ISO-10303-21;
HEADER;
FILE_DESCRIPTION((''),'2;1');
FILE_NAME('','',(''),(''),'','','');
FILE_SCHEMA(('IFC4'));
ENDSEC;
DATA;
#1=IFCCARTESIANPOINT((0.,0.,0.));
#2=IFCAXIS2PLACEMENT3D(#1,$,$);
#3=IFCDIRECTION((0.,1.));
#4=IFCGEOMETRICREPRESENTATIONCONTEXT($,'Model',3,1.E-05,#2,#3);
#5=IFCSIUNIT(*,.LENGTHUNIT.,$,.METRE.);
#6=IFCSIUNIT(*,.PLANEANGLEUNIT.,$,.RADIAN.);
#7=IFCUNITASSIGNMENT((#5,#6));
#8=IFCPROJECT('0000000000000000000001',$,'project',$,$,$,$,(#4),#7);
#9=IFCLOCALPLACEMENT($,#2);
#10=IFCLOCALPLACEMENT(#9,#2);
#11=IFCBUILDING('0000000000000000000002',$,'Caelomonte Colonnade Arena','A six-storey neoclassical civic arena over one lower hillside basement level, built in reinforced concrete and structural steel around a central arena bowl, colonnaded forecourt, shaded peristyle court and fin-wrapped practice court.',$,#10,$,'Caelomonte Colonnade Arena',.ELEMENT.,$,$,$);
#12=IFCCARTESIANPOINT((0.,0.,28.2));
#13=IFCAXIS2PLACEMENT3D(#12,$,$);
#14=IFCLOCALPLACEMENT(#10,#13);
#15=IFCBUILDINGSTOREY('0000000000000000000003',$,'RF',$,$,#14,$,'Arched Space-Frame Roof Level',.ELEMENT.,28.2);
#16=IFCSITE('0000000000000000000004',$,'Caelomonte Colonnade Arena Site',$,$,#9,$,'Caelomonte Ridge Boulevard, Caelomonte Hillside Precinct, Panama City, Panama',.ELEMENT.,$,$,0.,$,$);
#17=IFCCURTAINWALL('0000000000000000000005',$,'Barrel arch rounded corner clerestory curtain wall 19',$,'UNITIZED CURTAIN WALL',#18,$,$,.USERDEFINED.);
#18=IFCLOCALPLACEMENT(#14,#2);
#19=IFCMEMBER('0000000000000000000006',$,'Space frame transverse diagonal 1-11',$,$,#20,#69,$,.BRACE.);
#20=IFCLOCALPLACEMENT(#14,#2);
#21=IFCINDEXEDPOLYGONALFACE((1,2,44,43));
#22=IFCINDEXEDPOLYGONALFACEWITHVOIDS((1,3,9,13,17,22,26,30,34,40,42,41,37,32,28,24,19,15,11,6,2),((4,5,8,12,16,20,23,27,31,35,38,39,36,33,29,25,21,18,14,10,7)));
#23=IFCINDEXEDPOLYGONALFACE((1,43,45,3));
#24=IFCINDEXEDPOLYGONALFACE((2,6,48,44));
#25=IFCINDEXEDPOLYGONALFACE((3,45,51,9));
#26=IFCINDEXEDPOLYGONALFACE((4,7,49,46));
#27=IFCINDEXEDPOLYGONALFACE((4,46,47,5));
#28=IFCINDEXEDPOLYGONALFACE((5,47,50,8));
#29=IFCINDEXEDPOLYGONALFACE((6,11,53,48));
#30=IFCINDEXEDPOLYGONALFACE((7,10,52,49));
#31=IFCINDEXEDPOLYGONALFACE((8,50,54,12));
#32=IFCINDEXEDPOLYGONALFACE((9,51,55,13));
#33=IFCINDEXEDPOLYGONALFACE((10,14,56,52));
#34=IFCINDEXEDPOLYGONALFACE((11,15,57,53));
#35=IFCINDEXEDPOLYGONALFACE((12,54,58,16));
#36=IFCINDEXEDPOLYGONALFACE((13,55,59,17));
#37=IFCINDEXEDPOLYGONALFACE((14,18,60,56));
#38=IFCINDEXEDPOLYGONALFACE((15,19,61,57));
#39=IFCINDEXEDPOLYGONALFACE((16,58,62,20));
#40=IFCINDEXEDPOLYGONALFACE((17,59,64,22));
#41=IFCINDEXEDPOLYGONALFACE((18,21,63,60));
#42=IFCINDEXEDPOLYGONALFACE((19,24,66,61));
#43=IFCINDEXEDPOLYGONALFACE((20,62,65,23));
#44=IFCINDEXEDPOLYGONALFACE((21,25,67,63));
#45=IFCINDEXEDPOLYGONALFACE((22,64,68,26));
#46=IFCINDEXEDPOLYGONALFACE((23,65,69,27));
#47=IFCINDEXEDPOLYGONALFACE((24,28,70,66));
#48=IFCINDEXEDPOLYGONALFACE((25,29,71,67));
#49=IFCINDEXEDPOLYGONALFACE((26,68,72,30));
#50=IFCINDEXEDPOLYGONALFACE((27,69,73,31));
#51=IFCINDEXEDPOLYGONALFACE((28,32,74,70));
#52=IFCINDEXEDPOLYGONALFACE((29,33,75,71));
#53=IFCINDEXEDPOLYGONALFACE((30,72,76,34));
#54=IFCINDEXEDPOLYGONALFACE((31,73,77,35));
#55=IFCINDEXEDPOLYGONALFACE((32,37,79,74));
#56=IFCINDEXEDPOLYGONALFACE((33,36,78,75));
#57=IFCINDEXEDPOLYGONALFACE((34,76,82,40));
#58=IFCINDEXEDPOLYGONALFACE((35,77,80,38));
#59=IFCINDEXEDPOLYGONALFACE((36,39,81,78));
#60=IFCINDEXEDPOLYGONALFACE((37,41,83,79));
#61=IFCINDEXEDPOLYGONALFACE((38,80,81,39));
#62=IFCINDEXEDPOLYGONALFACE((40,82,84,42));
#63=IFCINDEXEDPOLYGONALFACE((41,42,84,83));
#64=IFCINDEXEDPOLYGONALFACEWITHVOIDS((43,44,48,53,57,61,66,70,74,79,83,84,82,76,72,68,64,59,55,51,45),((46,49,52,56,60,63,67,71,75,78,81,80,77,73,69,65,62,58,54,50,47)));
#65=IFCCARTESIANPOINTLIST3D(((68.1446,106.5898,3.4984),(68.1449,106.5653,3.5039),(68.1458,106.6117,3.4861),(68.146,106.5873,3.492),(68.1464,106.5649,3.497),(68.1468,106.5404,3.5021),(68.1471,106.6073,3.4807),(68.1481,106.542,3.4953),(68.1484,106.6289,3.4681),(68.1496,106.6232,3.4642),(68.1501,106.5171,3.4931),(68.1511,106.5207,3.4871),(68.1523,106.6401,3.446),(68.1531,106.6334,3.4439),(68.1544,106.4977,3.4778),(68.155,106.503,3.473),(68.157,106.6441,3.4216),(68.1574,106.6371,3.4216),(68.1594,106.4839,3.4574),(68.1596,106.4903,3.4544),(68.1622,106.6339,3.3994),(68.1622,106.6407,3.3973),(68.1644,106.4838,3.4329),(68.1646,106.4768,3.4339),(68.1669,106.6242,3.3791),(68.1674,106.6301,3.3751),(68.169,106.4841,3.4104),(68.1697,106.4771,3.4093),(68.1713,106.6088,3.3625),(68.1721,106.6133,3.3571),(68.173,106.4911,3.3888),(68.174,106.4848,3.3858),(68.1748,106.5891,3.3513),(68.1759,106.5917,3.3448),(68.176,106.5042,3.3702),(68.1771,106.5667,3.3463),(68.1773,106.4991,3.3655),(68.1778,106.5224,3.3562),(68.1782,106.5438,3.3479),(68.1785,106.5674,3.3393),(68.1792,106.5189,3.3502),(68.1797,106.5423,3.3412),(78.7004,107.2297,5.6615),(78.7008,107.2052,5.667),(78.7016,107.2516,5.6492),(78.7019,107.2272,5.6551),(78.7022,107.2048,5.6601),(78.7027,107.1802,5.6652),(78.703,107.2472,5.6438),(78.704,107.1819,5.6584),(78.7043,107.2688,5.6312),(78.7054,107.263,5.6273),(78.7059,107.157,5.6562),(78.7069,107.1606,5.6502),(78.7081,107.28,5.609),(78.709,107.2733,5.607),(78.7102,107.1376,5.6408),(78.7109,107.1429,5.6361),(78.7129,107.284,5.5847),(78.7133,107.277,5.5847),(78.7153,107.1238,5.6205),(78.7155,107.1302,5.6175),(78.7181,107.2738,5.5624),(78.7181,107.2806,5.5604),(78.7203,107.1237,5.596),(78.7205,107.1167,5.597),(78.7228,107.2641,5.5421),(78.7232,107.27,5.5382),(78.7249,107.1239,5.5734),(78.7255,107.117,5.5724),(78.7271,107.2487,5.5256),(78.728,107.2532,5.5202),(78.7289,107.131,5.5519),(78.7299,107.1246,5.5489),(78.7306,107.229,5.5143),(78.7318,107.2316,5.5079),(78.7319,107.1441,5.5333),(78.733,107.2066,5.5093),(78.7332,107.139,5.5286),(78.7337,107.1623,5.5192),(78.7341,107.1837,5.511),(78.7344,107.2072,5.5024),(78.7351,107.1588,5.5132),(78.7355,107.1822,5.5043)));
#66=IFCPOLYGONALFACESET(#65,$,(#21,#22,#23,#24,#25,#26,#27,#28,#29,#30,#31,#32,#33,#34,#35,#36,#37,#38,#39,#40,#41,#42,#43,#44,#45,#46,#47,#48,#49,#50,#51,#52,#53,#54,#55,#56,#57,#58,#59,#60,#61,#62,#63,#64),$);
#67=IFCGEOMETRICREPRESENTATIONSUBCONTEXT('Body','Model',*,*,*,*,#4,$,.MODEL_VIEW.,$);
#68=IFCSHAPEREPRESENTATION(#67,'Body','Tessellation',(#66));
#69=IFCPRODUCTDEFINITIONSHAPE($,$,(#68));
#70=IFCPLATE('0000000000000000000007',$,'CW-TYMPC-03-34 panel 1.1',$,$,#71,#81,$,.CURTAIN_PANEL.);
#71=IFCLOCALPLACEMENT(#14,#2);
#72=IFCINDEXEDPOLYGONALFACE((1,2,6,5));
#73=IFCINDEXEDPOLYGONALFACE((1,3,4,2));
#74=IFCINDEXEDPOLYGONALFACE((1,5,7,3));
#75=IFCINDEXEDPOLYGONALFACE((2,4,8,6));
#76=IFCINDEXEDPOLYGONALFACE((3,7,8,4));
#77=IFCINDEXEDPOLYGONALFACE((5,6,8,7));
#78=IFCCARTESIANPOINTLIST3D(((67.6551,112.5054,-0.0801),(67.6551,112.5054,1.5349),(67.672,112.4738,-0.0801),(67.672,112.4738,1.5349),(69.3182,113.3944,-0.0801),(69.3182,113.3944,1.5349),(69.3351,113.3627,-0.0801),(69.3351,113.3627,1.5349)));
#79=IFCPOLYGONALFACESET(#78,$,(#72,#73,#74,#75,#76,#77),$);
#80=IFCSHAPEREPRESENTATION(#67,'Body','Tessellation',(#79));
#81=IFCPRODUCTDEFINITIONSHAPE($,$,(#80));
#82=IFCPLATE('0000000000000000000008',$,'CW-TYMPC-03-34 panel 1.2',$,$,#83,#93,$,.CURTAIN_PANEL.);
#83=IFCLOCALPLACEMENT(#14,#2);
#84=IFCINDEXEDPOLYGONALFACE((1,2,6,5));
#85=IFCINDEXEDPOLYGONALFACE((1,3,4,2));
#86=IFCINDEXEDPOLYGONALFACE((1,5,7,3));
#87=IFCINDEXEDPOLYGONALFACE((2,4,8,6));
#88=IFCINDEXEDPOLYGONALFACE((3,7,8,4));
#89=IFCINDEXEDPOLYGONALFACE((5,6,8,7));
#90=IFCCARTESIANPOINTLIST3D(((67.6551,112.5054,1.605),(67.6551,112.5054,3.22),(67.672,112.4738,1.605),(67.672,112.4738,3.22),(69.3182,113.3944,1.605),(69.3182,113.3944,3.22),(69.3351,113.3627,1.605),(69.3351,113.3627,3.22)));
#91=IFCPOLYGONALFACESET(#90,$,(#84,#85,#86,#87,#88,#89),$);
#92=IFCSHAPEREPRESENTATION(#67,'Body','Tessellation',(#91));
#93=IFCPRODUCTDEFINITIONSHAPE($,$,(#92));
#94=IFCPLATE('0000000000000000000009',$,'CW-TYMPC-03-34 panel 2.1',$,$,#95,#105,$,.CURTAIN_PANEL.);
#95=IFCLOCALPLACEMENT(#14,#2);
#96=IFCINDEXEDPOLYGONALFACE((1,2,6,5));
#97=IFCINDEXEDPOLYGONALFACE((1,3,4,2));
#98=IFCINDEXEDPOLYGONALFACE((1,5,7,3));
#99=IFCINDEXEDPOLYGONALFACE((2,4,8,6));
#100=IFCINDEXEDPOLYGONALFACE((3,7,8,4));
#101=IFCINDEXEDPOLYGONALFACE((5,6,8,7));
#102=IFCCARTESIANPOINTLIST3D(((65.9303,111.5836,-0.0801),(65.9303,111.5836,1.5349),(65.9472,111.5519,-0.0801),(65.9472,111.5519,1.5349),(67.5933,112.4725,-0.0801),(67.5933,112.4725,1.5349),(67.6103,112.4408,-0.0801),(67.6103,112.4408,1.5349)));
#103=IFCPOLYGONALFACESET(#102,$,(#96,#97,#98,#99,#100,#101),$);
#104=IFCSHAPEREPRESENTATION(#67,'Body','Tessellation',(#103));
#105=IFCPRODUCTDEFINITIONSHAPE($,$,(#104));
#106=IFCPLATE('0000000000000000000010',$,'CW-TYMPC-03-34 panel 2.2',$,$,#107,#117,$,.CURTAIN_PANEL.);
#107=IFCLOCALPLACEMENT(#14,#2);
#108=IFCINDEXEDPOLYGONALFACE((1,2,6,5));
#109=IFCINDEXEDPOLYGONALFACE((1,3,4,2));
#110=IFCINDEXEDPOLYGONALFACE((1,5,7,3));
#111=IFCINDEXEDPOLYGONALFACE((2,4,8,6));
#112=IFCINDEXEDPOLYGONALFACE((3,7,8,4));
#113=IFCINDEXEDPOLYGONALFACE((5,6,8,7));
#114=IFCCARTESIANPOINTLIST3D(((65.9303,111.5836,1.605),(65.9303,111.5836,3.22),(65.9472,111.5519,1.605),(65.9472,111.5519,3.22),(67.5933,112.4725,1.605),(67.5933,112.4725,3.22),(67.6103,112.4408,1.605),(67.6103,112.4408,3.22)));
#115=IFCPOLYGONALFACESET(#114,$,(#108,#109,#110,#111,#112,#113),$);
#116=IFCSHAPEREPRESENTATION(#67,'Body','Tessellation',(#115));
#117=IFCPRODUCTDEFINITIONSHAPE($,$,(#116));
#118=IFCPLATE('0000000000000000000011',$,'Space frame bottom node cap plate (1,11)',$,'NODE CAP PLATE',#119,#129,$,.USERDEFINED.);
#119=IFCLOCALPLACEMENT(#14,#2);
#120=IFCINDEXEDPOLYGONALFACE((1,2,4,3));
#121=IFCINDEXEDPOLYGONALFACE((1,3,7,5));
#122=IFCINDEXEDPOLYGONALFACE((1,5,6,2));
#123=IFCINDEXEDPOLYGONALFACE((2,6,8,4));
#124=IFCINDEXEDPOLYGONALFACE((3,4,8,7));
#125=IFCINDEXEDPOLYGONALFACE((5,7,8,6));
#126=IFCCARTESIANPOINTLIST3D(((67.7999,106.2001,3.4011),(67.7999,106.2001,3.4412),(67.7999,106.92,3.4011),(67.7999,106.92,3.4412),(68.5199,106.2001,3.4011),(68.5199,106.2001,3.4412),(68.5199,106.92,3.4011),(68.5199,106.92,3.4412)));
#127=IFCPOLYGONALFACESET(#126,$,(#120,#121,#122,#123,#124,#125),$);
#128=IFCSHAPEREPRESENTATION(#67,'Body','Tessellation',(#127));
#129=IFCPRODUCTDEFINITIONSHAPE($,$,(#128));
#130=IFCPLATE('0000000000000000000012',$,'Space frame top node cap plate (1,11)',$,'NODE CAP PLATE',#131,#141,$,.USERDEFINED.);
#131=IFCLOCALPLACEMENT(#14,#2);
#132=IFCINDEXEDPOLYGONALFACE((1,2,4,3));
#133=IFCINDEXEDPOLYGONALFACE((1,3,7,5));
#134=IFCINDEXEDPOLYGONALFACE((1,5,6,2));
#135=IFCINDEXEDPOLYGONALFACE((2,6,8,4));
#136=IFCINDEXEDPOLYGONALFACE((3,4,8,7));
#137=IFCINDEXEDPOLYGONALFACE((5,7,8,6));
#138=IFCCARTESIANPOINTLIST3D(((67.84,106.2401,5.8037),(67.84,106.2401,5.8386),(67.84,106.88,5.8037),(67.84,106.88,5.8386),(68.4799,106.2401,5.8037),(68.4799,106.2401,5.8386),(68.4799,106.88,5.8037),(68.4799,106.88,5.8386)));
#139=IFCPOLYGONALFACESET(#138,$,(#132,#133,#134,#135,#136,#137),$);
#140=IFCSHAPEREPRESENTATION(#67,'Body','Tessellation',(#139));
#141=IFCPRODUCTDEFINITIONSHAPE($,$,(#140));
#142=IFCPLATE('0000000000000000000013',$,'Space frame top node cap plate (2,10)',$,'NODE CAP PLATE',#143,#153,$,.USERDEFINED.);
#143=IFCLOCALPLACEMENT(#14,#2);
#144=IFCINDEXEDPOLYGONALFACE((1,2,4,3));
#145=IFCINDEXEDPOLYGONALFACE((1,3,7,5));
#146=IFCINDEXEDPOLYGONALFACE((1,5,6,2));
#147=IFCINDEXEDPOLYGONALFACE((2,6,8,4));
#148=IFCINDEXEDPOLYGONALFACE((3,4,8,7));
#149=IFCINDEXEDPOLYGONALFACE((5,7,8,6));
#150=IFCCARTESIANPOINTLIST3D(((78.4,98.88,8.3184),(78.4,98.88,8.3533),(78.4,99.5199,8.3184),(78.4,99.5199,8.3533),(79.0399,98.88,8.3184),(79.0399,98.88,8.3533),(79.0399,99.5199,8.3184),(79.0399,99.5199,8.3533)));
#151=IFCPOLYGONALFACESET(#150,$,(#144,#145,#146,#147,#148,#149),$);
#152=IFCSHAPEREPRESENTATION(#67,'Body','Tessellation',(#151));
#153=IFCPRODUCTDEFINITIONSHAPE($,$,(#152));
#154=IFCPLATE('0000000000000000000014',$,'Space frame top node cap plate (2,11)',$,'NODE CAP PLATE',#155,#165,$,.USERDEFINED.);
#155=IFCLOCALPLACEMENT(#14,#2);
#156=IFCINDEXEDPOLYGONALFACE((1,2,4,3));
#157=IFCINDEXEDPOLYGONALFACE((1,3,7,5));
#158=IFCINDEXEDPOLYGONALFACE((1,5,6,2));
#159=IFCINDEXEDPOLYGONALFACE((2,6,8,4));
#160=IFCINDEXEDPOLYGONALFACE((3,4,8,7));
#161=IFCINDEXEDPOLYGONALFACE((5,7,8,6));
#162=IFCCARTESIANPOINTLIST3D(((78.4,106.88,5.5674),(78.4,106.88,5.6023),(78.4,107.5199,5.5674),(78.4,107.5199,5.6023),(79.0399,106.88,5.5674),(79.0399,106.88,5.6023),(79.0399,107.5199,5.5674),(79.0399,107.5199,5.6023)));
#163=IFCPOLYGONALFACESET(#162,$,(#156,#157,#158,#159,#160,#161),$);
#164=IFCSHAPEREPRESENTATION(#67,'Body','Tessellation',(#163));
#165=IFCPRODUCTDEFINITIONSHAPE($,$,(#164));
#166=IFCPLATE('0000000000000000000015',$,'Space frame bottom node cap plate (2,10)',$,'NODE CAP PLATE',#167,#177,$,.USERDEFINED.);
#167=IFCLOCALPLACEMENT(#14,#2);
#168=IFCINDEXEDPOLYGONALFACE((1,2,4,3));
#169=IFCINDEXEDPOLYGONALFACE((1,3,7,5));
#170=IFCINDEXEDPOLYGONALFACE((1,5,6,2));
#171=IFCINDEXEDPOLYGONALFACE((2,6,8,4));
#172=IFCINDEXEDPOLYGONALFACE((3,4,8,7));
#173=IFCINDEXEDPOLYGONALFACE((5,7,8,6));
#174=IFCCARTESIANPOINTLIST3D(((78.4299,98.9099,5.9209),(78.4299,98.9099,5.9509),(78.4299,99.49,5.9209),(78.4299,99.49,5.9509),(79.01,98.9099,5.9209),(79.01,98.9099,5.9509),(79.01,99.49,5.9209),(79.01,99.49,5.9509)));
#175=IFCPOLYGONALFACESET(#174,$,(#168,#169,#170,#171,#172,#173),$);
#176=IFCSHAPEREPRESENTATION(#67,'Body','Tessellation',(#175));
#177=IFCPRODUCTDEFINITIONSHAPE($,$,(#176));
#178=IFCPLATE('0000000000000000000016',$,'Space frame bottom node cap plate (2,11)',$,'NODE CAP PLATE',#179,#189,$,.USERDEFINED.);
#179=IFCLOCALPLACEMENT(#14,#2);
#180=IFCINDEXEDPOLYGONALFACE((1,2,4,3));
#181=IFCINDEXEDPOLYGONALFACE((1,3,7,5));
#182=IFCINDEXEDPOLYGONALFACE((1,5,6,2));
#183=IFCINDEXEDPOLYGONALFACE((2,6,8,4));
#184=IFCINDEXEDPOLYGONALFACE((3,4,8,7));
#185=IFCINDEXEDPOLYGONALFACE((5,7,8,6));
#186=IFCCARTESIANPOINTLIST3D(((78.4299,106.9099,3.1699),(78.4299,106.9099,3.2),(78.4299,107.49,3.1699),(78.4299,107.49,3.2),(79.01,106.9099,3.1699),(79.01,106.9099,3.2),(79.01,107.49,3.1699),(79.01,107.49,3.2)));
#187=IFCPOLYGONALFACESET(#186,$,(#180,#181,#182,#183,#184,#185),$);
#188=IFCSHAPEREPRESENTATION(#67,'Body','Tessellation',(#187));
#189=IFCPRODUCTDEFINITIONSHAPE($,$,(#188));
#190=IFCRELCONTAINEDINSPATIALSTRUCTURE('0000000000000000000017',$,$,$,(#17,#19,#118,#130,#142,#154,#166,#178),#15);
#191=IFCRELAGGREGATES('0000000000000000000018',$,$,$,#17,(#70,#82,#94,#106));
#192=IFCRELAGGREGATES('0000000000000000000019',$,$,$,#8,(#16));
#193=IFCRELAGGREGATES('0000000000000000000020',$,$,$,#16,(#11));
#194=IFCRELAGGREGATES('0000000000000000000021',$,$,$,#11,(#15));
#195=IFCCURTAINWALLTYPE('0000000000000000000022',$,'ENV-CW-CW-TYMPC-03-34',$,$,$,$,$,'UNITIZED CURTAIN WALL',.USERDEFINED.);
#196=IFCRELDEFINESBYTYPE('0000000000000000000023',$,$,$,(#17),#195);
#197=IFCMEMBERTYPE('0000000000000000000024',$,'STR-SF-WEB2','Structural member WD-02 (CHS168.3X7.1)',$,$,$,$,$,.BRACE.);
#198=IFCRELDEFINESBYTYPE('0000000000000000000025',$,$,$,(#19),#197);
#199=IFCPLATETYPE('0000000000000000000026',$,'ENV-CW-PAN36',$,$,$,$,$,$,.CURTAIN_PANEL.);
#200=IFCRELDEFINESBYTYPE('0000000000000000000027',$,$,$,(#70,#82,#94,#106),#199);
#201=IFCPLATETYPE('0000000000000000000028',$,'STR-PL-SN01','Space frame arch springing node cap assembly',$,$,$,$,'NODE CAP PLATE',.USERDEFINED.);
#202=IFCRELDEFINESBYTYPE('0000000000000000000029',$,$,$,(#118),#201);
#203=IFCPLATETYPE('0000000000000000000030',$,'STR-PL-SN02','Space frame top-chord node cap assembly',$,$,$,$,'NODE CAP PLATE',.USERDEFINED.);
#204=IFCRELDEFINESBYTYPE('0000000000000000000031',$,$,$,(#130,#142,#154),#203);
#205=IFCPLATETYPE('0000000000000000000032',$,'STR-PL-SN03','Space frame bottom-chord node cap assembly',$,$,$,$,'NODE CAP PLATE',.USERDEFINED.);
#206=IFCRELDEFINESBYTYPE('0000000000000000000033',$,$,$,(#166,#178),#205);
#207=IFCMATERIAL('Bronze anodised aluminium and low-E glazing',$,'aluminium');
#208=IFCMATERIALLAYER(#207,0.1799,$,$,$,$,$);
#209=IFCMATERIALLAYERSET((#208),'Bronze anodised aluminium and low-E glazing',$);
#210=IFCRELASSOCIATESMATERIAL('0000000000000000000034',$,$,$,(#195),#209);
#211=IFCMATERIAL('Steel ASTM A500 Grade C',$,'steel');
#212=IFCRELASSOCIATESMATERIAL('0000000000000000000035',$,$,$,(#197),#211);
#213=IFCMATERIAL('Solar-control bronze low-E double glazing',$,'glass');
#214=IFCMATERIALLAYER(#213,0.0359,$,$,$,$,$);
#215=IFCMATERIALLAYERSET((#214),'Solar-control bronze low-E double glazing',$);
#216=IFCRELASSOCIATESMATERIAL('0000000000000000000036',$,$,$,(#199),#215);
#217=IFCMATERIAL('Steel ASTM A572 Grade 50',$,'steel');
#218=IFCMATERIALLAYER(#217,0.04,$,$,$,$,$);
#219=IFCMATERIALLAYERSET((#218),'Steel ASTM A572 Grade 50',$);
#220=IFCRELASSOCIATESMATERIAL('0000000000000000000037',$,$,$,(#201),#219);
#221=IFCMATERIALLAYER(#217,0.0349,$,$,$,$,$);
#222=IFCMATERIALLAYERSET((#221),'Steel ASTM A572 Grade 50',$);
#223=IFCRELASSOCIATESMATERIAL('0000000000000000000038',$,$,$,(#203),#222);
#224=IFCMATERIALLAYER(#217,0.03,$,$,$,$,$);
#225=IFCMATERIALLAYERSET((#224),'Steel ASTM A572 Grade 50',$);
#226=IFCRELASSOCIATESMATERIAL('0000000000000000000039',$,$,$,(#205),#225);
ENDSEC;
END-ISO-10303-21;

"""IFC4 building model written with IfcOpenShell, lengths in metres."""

from ifc_helpers import new_model, si_unit, direction, frame, origin, origin_2d, place, context, subcontext, project, spatial, rectangle, hollow_circle, extrude, material, layer, layer_set, material_profile, profile_set, type_object, element, aggregate, save


model = new_model("IFC4")

# Units and contexts
model_context = context("Model", 3, precision=1e-05, world=origin(), true_north=direction((0.0, 1.0)))
body_context = subcontext(model_context, "Body", "Model", "MODEL_VIEW")
ifc_project = project(units=[si_unit("LENGTHUNIT", "METRE"), si_unit("PLANEANGLEUNIT", "RADIAN")], contexts=[model_context])

# Site, building, storey
site_placement = place(None, origin())
site = spatial("IfcSite", under=ifc_project, at=site_placement, Name="Caelomonte Colonnade Arena Site", LongName="Caelomonte Ridge Boulevard, Caelomonte Hillside Precinct, Panama City, Panama", CompositionType="ELEMENT", RefElevation=0.0)
building_placement = place(site_placement, origin())
building = spatial("IfcBuilding", under=site, at=building_placement, Name="Caelomonte Colonnade Arena", Description="A six-storey neoclassical civic arena over one lower hillside basement level, built in reinforced concrete and structural steel around a central arena bowl, colonnaded forecourt, shaded peristyle court and fin-wrapped practice court.", LongName="Caelomonte Colonnade Arena", CompositionType="ELEMENT")
storey_placement = place(building_placement, frame((0.0, 0.0, 28.2)))
storey = spatial("IfcBuildingStorey", under=building, at=storey_placement, Name="RF", LongName="Arched Space-Frame Roof Level", CompositionType="ELEMENT", Elevation=28.2)

# Curtain wall
ifc_material_1 = material(Name="Bronze anodised aluminium and low-E glazing", Category="aluminium")
ifc_layer_1 = layer(ifc_material_1, 0.1799)
ifc_layer_set_1 = layer_set([ifc_layer_1], Name="Bronze anodised aluminium and low-E glazing")
curtain_wall_type = type_object("IfcCurtainWallType", Name="ENV-CW-CW-TYMPC-03-34", ElementType="UNITIZED CURTAIN WALL", PredefinedType="USERDEFINED", material=ifc_layer_set_1)
curtain_wall_placement = place(storey_placement, origin())
curtain_wall = element("IfcCurtainWall", 1, at=curtain_wall_placement, inside=storey, type_object=curtain_wall_type, Name="Barrel arch rounded corner clerestory curtain wall 19", ObjectType="UNITIZED CURTAIN WALL", PredefinedType="USERDEFINED")

# Member
ifc_material_2 = material(Name="Steel ASTM A500 Grade C", Category="steel")
ifc_material_profile_1 = material_profile(ifc_material_2, hollow_circle(Radius=0.0842, WallThickness=0.0071, at=origin_2d()), Name="CHS168.3X7.1")
ifc_profile_set_1 = profile_set([ifc_material_profile_1], Name="Steel ASTM A500 Grade C")
member_type_1 = type_object("IfcMemberType", Name="STR-SF-WEB2", Description="Structural member WD-02 (CHS168.3X7.1)", PredefinedType="BRACE", material=ifc_profile_set_1)
member_1_placement = place(storey_placement, frame((68.1621, 106.5601, 3.4216), z_axis=(0.977921, 0.059281, 0.200393), x_axis=(-0.060508, 0.998168, 0.0)))
element("IfcMember", 2, at=member_1_placement, inside=storey, type_object=member_type_1, Name="Space frame transverse diagonal 1-11", PredefinedType="BRACE", context=body_context, shape_type="SweptSolid", body=[
    extrude(hollow_circle(Radius=0.0842, WallThickness=0.0071, at=origin_2d()), origin(), (0.0, 0.0, 1.0), 10.7942),
])

# Plates
ifc_material_3 = material(Name="Solar-control bronze low-E double glazing", Category="glass")
ifc_layer_2 = layer(ifc_material_3, 0.0359)
ifc_layer_set_2 = layer_set([ifc_layer_2], Name="Solar-control bronze low-E double glazing")
plate_type_1 = type_object("IfcPlateType", Name="ENV-CW-PAN36", PredefinedType="CURTAIN_PANEL", material=ifc_layer_set_2)
plate_1_placement = place(storey_placement, frame((68.4951, 112.9341, -0.0801), z_axis=(0.0, 0.0, 1.0), x_axis=(-0.881924, -0.471391, 0.0)))
plate_1 = element("IfcPlate", 3, at=plate_1_placement, type_object=plate_type_1, Name="CW-TYMPC-03-34 panel 1.1", PredefinedType="CURTAIN_PANEL", context=body_context, shape_type="SweptSolid", body=[
    extrude(rectangle(XDim=1.8857, YDim=0.0359, at=origin_2d()), origin(), (0.0, 0.0, 1.0), 1.615),
])
plate_2_placement = place(storey_placement, frame((68.4951, 112.9341, 1.605), z_axis=(0.0, 0.0, 1.0), x_axis=(-0.881924, -0.471391, 0.0)))
plate_2 = element("IfcPlate", 4, at=plate_2_placement, type_object=plate_type_1, Name="CW-TYMPC-03-34 panel 1.2", PredefinedType="CURTAIN_PANEL", context=body_context, shape_type="SweptSolid", body=[
    extrude(rectangle(XDim=1.8857, YDim=0.0359, at=origin_2d()), origin(), (0.0, 0.0, 1.0), 1.615),
])
plate_3_placement = place(storey_placement, frame((66.7703, 112.0122, -0.0801), z_axis=(0.0, 0.0, 1.0), x_axis=(-0.881924, -0.471391, 0.0)))
plate_3 = element("IfcPlate", 5, at=plate_3_placement, type_object=plate_type_1, Name="CW-TYMPC-03-34 panel 2.1", PredefinedType="CURTAIN_PANEL", context=body_context, shape_type="SweptSolid", body=[
    extrude(rectangle(XDim=1.8857, YDim=0.0359, at=origin_2d()), origin(), (0.0, 0.0, 1.0), 1.615),
])
plate_4_placement = place(storey_placement, frame((66.7703, 112.0122, 1.605), z_axis=(0.0, 0.0, 1.0), x_axis=(-0.881924, -0.471391, 0.0)))
plate_4 = element("IfcPlate", 6, at=plate_4_placement, type_object=plate_type_1, Name="CW-TYMPC-03-34 panel 2.2", PredefinedType="CURTAIN_PANEL", context=body_context, shape_type="SweptSolid", body=[
    extrude(rectangle(XDim=1.8857, YDim=0.0359, at=origin_2d()), origin(), (0.0, 0.0, 1.0), 1.615),
])
aggregate(curtain_wall, [plate_1, plate_2, plate_3, plate_4])

# Plates
ifc_material_4 = material(Name="Steel ASTM A572 Grade 50", Category="steel")
ifc_layer_3 = layer(ifc_material_4, 0.04)
ifc_layer_set_3 = layer_set([ifc_layer_3], Name="Steel ASTM A572 Grade 50")
plate_type_2 = type_object("IfcPlateType", Name="STR-PL-SN01", Description="Space frame arch springing node cap assembly", ElementType="NODE CAP PLATE", PredefinedType="USERDEFINED", material=ifc_layer_set_3)
plate_5_placement = place(storey_placement, frame((68.1599, 106.5601, 3.4011), z_axis=(0.0, 0.0, 1.0), x_axis=(1.0, 0.0, 0.0)))
element("IfcPlate", 7, at=plate_5_placement, inside=storey, type_object=plate_type_2, Name="Space frame bottom node cap plate (1,11)", ObjectType="NODE CAP PLATE", PredefinedType="USERDEFINED", context=body_context, shape_type="SweptSolid", body=[
    extrude(rectangle(XDim=0.72, YDim=0.72, at=origin_2d()), origin(), (0.0, 0.0, 1.0), 0.04),
])
ifc_layer_4 = layer(ifc_material_4, 0.0349)
ifc_layer_set_4 = layer_set([ifc_layer_4], Name="Steel ASTM A572 Grade 50")
plate_type_3 = type_object("IfcPlateType", Name="STR-PL-SN02", Description="Space frame top-chord node cap assembly", ElementType="NODE CAP PLATE", PredefinedType="USERDEFINED", material=ifc_layer_set_4)
for number, where, z_axis, x_axis, name in (
    (8, (68.1599, 106.5601, 5.8037), (0.0, 0.0, 1.0), (1.0, 0.0, 0.0), "Space frame top node cap plate (1,11)"),
    (9, (78.72, 99.2, 8.3184), (0.0, 0.0, 1.0), (1.0, 0.0, 0.0), "Space frame top node cap plate (2,10)"),
    (10, (78.72, 107.2, 5.5674), (0.0, 0.0, 1.0), (1.0, 0.0, 0.0), "Space frame top node cap plate (2,11)"),
):
    element("IfcPlate", number, at=place(storey_placement, frame(where, z_axis=z_axis, x_axis=x_axis)), inside=storey, type_object=plate_type_3, Name=name, ObjectType="NODE CAP PLATE", PredefinedType="USERDEFINED", context=body_context, shape_type="SweptSolid", body=[
        extrude(rectangle(XDim=0.6399, YDim=0.6399, at=origin_2d()), origin(), (0.0, 0.0, 1.0), 0.0349),
    ])
ifc_layer_5 = layer(ifc_material_4, 0.03)
ifc_layer_set_5 = layer_set([ifc_layer_5], Name="Steel ASTM A572 Grade 50")
plate_type_4 = type_object("IfcPlateType", Name="STR-PL-SN03", Description="Space frame bottom-chord node cap assembly", ElementType="NODE CAP PLATE", PredefinedType="USERDEFINED", material=ifc_layer_set_5)
for number, where, z_axis, x_axis, name in (
    (11, (78.72, 99.2, 5.9209), (0.0, 0.0, 1.0), (1.0, 0.0, 0.0), "Space frame bottom node cap plate (2,10)"),
    (12, (78.72, 107.2, 3.1699), (0.0, 0.0, 1.0), (1.0, 0.0, 0.0), "Space frame bottom node cap plate (2,11)"),
):
    element("IfcPlate", number, at=place(storey_placement, frame(where, z_axis=z_axis, x_axis=x_axis)), inside=storey, type_object=plate_type_4, Name=name, ObjectType="NODE CAP PLATE", PredefinedType="USERDEFINED", context=body_context, shape_type="SweptSolid", body=[
        extrude(rectangle(XDim=0.5801, YDim=0.5801, at=origin_2d()), origin(), (0.0, 0.0, 1.0), 0.03),
    ])

save(model, "model.ifc")
